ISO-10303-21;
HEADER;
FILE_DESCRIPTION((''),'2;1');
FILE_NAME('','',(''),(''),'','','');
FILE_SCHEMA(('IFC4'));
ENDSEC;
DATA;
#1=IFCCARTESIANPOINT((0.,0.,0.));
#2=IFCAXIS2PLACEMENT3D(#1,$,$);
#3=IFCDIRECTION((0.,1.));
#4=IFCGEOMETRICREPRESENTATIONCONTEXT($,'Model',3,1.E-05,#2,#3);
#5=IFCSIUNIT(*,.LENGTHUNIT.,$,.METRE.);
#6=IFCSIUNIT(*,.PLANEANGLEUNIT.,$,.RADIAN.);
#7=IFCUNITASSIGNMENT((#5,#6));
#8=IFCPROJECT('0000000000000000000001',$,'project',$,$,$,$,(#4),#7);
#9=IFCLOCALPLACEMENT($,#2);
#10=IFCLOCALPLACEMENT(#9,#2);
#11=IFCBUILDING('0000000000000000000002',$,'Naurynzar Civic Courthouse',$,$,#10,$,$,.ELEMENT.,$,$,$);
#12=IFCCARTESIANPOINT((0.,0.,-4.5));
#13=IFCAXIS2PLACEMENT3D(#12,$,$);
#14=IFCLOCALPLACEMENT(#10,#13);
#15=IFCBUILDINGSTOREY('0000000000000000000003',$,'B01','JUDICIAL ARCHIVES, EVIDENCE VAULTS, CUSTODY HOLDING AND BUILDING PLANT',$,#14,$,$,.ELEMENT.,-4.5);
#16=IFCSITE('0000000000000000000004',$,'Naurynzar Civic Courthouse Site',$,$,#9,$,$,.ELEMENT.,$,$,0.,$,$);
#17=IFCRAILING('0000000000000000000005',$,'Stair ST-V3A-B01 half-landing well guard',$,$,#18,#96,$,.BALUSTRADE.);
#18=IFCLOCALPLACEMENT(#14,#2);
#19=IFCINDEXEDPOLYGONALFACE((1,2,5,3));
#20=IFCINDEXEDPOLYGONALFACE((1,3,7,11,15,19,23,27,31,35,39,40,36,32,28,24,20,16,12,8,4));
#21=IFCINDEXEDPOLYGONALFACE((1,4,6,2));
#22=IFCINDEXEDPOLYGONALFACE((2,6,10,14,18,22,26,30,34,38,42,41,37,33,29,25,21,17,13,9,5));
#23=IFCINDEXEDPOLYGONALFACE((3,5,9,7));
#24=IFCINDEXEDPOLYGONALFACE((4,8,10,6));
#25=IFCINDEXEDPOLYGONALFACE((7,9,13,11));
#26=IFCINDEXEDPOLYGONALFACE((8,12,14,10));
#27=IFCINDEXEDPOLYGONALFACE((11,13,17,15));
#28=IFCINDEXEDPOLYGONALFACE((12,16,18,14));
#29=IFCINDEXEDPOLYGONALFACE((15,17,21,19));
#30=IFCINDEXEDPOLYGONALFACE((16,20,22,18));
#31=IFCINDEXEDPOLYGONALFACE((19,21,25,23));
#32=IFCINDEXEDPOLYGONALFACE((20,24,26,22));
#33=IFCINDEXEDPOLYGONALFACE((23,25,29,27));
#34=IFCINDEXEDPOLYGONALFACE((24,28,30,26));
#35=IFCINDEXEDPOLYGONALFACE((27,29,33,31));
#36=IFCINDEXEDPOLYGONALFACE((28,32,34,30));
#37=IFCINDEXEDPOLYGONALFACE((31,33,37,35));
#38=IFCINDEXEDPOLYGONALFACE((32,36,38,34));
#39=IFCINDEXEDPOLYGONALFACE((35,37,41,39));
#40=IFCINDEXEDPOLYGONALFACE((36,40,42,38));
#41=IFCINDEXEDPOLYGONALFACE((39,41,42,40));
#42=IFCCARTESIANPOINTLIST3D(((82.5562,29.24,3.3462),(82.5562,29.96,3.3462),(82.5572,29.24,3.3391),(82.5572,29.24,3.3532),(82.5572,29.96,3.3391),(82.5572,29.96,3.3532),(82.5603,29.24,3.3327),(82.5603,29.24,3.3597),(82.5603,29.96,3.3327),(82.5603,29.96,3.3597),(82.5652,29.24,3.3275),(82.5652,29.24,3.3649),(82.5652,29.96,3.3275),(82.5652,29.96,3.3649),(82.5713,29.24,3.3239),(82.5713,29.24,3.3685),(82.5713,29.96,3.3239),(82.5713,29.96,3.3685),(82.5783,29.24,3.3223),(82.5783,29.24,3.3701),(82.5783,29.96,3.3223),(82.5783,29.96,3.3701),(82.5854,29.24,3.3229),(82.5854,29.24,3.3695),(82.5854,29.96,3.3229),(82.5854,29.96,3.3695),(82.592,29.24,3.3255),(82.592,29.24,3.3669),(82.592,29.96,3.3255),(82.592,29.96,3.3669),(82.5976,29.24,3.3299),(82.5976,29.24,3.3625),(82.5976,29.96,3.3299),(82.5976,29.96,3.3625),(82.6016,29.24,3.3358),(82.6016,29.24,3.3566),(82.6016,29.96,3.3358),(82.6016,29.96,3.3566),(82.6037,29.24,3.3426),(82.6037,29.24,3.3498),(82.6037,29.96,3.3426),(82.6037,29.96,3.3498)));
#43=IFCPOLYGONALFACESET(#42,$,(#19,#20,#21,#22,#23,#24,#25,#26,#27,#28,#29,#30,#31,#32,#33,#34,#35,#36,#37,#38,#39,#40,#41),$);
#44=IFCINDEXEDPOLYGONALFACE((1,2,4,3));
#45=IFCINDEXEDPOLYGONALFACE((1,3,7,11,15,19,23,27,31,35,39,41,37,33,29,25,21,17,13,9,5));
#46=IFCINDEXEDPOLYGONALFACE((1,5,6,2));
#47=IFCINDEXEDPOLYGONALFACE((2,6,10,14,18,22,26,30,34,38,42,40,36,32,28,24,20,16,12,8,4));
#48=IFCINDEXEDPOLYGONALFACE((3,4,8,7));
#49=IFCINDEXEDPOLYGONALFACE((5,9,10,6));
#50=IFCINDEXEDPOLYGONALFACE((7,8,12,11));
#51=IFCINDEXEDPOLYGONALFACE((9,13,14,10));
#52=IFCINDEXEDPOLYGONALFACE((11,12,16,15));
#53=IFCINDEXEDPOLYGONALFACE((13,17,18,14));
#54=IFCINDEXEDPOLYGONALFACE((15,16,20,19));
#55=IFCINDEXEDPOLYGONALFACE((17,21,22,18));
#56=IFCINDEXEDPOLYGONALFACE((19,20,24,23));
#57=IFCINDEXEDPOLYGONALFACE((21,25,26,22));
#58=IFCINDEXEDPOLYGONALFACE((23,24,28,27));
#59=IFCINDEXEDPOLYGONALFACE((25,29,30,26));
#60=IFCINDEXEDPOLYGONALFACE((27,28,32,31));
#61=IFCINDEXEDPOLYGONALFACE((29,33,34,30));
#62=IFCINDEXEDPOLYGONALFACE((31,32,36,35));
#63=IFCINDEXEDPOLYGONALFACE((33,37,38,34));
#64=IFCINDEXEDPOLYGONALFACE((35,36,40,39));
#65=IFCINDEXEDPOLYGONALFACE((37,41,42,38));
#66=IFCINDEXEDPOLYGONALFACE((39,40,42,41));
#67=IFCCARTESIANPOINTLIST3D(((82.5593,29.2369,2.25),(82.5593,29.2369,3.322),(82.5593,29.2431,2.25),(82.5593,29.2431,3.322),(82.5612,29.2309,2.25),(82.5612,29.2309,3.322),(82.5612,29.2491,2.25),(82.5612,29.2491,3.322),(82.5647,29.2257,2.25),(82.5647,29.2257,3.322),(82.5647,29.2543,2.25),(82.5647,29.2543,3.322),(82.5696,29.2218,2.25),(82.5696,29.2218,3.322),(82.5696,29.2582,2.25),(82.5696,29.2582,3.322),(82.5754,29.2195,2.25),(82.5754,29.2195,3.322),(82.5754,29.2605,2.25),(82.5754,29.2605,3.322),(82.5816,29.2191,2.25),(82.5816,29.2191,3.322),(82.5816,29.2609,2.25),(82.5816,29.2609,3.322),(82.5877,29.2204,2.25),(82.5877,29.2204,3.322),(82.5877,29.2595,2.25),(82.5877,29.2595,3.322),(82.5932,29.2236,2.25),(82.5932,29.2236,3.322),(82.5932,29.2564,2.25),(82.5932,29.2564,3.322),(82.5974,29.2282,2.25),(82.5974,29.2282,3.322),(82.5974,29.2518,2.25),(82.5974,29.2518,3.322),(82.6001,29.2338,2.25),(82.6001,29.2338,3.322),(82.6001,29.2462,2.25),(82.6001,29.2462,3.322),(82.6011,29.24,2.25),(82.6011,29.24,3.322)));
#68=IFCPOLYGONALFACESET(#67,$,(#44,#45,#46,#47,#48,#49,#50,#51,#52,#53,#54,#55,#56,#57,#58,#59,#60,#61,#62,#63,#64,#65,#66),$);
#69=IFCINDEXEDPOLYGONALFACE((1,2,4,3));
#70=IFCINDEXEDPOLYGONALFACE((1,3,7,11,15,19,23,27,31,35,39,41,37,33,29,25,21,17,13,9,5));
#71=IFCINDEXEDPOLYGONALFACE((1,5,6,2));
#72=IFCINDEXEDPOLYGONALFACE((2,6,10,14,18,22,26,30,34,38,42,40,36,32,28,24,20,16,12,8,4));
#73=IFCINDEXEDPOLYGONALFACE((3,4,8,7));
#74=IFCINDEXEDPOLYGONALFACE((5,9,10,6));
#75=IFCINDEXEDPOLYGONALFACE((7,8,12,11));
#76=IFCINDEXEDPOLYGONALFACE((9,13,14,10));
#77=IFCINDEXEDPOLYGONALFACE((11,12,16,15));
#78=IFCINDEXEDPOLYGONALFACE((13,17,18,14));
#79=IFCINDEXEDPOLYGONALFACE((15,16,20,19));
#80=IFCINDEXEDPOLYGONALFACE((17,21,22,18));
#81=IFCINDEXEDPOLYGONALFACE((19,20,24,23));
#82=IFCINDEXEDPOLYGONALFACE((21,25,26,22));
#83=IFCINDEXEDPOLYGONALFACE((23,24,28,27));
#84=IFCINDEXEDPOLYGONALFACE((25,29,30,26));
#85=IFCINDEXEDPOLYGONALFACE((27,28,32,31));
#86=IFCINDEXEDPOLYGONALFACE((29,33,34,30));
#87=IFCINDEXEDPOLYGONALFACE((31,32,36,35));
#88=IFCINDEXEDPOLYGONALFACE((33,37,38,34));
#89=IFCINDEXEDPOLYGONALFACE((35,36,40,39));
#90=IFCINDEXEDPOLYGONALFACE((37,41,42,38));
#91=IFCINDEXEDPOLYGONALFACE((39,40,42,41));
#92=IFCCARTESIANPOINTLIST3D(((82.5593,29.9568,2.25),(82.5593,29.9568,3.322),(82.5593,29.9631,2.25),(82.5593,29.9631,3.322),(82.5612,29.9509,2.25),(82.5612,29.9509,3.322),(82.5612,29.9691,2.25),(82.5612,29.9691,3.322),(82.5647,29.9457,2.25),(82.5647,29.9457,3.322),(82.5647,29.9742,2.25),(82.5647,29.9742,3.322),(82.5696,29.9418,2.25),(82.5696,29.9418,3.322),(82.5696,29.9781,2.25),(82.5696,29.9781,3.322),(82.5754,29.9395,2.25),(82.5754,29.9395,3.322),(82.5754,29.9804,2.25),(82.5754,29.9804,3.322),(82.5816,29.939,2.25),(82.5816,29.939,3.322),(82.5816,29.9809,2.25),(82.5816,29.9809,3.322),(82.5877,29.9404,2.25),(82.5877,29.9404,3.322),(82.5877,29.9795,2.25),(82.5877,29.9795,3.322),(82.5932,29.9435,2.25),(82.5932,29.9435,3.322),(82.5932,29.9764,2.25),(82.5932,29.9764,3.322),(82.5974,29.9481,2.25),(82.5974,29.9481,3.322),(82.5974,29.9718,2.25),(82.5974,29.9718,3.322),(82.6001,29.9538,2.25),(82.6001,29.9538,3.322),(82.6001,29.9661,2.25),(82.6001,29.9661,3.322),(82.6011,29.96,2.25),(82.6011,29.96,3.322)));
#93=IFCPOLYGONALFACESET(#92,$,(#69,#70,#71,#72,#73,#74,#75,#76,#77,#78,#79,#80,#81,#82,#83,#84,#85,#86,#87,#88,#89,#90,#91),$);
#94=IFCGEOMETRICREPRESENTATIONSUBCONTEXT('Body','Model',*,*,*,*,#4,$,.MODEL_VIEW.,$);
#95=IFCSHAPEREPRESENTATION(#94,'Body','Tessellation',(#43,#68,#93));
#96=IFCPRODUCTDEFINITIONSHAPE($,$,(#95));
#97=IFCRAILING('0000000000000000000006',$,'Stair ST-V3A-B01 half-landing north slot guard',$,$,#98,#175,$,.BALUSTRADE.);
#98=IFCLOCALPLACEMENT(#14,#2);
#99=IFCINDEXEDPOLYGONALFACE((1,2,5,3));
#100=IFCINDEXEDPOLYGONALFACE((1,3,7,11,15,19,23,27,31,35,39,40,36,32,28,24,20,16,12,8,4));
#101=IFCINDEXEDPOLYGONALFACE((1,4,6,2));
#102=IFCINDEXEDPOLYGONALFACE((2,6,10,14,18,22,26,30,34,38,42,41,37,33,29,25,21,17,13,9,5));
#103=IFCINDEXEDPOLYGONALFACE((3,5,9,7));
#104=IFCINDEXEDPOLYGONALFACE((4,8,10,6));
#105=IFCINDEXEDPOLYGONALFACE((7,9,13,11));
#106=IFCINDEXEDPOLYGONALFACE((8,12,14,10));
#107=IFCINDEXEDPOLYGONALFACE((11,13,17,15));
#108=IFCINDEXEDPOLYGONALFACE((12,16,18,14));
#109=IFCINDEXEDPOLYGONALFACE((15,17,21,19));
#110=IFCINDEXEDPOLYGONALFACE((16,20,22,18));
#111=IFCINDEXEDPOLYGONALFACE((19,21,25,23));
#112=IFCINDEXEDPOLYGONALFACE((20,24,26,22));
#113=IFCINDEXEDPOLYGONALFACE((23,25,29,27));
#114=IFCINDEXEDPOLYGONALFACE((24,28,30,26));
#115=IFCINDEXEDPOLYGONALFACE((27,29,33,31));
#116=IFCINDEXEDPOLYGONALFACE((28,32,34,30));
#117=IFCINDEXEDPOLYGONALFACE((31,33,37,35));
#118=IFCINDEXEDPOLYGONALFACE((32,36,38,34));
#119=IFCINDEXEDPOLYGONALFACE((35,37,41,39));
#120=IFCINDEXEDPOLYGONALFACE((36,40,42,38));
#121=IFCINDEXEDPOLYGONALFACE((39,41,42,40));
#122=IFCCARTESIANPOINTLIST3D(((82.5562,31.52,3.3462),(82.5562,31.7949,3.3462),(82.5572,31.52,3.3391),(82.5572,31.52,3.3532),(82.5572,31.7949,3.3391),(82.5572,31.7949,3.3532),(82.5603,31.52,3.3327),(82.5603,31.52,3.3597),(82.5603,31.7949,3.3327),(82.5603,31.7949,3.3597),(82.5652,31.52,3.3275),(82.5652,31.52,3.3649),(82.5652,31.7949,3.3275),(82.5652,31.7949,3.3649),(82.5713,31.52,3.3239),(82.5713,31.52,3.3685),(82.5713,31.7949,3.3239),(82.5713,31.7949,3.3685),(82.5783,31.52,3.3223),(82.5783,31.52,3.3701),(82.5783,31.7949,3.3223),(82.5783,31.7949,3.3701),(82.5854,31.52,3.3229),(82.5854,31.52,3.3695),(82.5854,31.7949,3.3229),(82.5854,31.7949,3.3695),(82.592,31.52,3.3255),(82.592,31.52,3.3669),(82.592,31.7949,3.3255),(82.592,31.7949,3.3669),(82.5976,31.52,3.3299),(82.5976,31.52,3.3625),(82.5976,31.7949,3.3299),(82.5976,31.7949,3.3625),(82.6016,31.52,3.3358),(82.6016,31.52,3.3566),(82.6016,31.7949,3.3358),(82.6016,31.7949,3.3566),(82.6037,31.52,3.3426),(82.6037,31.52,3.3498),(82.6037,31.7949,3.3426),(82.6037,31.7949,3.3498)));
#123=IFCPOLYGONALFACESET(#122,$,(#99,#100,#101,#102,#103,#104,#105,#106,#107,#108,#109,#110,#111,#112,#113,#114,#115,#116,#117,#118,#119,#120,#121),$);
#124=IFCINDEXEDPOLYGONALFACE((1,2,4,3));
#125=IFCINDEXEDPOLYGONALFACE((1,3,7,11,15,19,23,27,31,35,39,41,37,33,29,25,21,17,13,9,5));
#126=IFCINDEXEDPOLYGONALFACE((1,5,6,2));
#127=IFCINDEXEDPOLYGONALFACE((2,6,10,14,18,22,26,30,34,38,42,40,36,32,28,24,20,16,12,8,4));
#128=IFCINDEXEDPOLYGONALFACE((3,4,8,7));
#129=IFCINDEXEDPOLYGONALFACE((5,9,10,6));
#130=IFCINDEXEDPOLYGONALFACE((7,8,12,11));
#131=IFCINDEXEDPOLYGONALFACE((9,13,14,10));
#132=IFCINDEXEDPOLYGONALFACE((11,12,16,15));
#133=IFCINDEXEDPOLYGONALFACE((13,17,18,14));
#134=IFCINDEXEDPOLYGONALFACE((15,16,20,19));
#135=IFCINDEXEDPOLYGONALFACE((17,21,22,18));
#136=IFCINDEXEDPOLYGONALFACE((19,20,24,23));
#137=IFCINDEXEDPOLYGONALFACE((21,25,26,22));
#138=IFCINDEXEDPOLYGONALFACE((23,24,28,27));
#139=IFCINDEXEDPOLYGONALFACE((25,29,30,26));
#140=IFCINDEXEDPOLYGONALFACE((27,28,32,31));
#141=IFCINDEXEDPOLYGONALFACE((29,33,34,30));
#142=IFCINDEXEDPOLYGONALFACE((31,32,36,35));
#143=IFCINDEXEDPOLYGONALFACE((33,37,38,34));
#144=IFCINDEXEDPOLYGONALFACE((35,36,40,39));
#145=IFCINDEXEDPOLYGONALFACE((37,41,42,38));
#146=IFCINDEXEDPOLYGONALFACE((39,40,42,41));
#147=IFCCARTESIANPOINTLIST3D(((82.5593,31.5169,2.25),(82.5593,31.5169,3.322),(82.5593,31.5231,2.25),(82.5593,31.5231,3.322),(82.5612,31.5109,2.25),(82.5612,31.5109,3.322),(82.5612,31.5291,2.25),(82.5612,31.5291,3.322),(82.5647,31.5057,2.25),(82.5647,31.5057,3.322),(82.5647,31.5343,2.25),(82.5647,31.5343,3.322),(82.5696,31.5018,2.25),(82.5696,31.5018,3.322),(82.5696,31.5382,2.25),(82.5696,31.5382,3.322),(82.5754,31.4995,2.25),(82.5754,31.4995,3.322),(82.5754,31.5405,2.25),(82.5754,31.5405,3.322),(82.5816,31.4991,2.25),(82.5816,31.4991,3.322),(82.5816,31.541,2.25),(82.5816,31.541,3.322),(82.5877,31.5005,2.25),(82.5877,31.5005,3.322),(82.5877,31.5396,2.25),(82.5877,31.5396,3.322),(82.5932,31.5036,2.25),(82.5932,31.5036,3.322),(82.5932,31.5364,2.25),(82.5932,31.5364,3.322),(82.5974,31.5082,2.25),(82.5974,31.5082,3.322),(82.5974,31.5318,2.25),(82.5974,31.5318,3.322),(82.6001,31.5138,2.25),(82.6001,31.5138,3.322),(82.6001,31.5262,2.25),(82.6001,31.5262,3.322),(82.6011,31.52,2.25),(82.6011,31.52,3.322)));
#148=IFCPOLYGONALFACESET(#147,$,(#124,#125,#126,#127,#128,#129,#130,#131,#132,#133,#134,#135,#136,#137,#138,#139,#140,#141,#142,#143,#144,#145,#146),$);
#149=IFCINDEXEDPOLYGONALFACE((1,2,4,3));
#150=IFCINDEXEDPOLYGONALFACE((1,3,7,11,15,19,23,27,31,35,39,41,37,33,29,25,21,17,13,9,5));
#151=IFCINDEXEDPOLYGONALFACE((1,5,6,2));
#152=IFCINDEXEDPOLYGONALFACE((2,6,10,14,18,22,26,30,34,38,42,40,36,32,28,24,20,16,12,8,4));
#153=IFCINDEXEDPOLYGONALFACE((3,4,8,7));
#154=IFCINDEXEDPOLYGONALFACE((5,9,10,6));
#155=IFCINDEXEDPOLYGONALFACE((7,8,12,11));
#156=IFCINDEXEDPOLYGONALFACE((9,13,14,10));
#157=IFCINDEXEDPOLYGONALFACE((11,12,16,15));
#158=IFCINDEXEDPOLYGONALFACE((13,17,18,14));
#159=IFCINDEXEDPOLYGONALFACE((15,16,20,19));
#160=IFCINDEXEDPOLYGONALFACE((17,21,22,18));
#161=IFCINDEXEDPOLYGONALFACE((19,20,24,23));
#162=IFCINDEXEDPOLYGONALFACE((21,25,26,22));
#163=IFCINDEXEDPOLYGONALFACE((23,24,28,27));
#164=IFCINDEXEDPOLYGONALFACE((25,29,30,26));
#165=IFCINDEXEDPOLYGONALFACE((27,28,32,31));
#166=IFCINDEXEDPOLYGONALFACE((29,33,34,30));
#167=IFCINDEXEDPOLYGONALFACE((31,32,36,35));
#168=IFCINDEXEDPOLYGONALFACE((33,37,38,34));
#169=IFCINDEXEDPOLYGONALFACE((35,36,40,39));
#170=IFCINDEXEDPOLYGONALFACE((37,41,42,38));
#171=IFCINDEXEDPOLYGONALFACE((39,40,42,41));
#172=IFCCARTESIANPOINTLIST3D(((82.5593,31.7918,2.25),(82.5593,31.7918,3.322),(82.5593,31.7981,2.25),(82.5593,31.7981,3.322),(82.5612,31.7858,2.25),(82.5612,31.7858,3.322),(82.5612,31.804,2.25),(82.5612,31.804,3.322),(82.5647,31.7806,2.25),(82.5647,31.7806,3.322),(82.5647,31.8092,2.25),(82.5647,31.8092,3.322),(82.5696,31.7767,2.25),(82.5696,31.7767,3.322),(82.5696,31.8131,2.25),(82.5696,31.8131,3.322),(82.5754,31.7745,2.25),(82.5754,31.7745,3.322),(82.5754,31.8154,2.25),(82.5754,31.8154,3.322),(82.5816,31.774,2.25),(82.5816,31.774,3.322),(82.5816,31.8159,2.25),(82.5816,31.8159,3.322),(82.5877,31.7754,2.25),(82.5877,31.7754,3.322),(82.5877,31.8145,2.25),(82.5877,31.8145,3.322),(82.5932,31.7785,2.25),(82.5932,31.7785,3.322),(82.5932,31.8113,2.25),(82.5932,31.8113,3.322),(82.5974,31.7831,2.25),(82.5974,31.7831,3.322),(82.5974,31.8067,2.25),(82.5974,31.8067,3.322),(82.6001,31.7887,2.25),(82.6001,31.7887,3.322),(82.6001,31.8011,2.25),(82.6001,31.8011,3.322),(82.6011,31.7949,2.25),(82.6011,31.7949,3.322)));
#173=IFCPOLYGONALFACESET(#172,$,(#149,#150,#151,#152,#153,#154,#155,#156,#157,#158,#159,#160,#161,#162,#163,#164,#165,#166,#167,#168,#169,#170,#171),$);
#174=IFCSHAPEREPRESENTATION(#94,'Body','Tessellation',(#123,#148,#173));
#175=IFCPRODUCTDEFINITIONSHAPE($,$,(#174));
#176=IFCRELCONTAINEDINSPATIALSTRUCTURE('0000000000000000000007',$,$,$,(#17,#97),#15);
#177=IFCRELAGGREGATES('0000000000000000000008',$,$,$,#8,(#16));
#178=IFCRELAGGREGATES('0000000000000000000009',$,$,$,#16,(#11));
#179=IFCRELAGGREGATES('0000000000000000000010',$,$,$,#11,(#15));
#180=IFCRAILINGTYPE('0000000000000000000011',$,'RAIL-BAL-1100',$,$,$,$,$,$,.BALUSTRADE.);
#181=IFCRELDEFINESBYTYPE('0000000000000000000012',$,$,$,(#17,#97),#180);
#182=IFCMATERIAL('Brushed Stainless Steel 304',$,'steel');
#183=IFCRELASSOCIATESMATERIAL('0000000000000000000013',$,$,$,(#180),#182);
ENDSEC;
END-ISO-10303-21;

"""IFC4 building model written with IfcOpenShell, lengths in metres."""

from ifc_helpers import new_model, si_unit, direction, frame, origin, origin_2d, place, context, subcontext, project, spatial, circle, extrude, material, type_object, element, save


model = new_model("IFC4")

# Units and contexts
model_context = context("Model", 3, precision=1e-05, world=origin(), true_north=direction((0.0, 1.0)))
body_context = subcontext(model_context, "Body", "Model", "MODEL_VIEW")
ifc_project = project(units=[si_unit("LENGTHUNIT", "METRE"), si_unit("PLANEANGLEUNIT", "RADIAN")], contexts=[model_context])

# Site, building, storey
site_placement = place(None, origin())
site = spatial("IfcSite", under=ifc_project, at=site_placement, Name="Naurynzar Civic Courthouse Site", CompositionType="ELEMENT", RefElevation=0.0)
building_placement = place(site_placement, origin())
building = spatial("IfcBuilding", under=site, at=building_placement, Name="Naurynzar Civic Courthouse", CompositionType="ELEMENT")
storey_placement = place(building_placement, frame((0.0, 0.0, -4.5)))
storey = spatial("IfcBuildingStorey", under=building, at=storey_placement, Name="B01", Description="JUDICIAL ARCHIVES, EVIDENCE VAULTS, CUSTODY HOLDING AND BUILDING PLANT", CompositionType="ELEMENT", Elevation=-4.5)

# Railings
ifc_material_1 = material(Name="Brushed Stainless Steel 304", Category="steel")
railing_type_1 = type_object("IfcRailingType", Name="RAIL-BAL-1100", PredefinedType="BALUSTRADE", material=ifc_material_1)
railing_1_placement = place(storey_placement, frame((82.5801, 29.24, 2.25)))
element("IfcRailing", 1, at=railing_1_placement, inside=storey, type_object=railing_type_1, Name="Stair ST-V3A-B01 half-landing well guard", PredefinedType="BALUSTRADE", context=body_context, shape_type="SweptSolid", body=[
    extrude(circle(Radius=0.0239, at=origin_2d()), frame((0.0, 0.0, 1.0962), z_axis=(0.0, 1.0, 0.0), x_axis=(-1.0, 0.0, 0.0)), (0.0, 0.0, 1.0), 0.72),
    extrude(circle(Radius=0.021, at=origin_2d()), origin(), (0.0, 0.0, 1.0), 1.072),
    extrude(circle(Radius=0.021, at=origin_2d()), frame((0.0, 0.72, 0.0)), (0.0, 0.0, 1.0), 1.072),
])
railing_2_placement = place(storey_placement, frame((82.5801, 31.52, 2.25)))
element("IfcRailing", 2, at=railing_2_placement, inside=storey, type_object=railing_type_1, Name="Stair ST-V3A-B01 half-landing north slot guard", PredefinedType="BALUSTRADE", context=body_context, shape_type="SweptSolid", body=[
    extrude(circle(Radius=0.0239, at=origin_2d()), frame((0.0, 0.0, 1.0962), z_axis=(0.0, 1.0, 0.0), x_axis=(-1.0, 0.0, 0.0)), (0.0, 0.0, 1.0), 0.2749),
    extrude(circle(Radius=0.021, at=origin_2d()), origin(), (0.0, 0.0, 1.0), 1.072),
    extrude(circle(Radius=0.021, at=origin_2d()), frame((0.0, 0.2749, 0.0)), (0.0, 0.0, 1.0), 1.072),
])

save(model, "model.ifc")
